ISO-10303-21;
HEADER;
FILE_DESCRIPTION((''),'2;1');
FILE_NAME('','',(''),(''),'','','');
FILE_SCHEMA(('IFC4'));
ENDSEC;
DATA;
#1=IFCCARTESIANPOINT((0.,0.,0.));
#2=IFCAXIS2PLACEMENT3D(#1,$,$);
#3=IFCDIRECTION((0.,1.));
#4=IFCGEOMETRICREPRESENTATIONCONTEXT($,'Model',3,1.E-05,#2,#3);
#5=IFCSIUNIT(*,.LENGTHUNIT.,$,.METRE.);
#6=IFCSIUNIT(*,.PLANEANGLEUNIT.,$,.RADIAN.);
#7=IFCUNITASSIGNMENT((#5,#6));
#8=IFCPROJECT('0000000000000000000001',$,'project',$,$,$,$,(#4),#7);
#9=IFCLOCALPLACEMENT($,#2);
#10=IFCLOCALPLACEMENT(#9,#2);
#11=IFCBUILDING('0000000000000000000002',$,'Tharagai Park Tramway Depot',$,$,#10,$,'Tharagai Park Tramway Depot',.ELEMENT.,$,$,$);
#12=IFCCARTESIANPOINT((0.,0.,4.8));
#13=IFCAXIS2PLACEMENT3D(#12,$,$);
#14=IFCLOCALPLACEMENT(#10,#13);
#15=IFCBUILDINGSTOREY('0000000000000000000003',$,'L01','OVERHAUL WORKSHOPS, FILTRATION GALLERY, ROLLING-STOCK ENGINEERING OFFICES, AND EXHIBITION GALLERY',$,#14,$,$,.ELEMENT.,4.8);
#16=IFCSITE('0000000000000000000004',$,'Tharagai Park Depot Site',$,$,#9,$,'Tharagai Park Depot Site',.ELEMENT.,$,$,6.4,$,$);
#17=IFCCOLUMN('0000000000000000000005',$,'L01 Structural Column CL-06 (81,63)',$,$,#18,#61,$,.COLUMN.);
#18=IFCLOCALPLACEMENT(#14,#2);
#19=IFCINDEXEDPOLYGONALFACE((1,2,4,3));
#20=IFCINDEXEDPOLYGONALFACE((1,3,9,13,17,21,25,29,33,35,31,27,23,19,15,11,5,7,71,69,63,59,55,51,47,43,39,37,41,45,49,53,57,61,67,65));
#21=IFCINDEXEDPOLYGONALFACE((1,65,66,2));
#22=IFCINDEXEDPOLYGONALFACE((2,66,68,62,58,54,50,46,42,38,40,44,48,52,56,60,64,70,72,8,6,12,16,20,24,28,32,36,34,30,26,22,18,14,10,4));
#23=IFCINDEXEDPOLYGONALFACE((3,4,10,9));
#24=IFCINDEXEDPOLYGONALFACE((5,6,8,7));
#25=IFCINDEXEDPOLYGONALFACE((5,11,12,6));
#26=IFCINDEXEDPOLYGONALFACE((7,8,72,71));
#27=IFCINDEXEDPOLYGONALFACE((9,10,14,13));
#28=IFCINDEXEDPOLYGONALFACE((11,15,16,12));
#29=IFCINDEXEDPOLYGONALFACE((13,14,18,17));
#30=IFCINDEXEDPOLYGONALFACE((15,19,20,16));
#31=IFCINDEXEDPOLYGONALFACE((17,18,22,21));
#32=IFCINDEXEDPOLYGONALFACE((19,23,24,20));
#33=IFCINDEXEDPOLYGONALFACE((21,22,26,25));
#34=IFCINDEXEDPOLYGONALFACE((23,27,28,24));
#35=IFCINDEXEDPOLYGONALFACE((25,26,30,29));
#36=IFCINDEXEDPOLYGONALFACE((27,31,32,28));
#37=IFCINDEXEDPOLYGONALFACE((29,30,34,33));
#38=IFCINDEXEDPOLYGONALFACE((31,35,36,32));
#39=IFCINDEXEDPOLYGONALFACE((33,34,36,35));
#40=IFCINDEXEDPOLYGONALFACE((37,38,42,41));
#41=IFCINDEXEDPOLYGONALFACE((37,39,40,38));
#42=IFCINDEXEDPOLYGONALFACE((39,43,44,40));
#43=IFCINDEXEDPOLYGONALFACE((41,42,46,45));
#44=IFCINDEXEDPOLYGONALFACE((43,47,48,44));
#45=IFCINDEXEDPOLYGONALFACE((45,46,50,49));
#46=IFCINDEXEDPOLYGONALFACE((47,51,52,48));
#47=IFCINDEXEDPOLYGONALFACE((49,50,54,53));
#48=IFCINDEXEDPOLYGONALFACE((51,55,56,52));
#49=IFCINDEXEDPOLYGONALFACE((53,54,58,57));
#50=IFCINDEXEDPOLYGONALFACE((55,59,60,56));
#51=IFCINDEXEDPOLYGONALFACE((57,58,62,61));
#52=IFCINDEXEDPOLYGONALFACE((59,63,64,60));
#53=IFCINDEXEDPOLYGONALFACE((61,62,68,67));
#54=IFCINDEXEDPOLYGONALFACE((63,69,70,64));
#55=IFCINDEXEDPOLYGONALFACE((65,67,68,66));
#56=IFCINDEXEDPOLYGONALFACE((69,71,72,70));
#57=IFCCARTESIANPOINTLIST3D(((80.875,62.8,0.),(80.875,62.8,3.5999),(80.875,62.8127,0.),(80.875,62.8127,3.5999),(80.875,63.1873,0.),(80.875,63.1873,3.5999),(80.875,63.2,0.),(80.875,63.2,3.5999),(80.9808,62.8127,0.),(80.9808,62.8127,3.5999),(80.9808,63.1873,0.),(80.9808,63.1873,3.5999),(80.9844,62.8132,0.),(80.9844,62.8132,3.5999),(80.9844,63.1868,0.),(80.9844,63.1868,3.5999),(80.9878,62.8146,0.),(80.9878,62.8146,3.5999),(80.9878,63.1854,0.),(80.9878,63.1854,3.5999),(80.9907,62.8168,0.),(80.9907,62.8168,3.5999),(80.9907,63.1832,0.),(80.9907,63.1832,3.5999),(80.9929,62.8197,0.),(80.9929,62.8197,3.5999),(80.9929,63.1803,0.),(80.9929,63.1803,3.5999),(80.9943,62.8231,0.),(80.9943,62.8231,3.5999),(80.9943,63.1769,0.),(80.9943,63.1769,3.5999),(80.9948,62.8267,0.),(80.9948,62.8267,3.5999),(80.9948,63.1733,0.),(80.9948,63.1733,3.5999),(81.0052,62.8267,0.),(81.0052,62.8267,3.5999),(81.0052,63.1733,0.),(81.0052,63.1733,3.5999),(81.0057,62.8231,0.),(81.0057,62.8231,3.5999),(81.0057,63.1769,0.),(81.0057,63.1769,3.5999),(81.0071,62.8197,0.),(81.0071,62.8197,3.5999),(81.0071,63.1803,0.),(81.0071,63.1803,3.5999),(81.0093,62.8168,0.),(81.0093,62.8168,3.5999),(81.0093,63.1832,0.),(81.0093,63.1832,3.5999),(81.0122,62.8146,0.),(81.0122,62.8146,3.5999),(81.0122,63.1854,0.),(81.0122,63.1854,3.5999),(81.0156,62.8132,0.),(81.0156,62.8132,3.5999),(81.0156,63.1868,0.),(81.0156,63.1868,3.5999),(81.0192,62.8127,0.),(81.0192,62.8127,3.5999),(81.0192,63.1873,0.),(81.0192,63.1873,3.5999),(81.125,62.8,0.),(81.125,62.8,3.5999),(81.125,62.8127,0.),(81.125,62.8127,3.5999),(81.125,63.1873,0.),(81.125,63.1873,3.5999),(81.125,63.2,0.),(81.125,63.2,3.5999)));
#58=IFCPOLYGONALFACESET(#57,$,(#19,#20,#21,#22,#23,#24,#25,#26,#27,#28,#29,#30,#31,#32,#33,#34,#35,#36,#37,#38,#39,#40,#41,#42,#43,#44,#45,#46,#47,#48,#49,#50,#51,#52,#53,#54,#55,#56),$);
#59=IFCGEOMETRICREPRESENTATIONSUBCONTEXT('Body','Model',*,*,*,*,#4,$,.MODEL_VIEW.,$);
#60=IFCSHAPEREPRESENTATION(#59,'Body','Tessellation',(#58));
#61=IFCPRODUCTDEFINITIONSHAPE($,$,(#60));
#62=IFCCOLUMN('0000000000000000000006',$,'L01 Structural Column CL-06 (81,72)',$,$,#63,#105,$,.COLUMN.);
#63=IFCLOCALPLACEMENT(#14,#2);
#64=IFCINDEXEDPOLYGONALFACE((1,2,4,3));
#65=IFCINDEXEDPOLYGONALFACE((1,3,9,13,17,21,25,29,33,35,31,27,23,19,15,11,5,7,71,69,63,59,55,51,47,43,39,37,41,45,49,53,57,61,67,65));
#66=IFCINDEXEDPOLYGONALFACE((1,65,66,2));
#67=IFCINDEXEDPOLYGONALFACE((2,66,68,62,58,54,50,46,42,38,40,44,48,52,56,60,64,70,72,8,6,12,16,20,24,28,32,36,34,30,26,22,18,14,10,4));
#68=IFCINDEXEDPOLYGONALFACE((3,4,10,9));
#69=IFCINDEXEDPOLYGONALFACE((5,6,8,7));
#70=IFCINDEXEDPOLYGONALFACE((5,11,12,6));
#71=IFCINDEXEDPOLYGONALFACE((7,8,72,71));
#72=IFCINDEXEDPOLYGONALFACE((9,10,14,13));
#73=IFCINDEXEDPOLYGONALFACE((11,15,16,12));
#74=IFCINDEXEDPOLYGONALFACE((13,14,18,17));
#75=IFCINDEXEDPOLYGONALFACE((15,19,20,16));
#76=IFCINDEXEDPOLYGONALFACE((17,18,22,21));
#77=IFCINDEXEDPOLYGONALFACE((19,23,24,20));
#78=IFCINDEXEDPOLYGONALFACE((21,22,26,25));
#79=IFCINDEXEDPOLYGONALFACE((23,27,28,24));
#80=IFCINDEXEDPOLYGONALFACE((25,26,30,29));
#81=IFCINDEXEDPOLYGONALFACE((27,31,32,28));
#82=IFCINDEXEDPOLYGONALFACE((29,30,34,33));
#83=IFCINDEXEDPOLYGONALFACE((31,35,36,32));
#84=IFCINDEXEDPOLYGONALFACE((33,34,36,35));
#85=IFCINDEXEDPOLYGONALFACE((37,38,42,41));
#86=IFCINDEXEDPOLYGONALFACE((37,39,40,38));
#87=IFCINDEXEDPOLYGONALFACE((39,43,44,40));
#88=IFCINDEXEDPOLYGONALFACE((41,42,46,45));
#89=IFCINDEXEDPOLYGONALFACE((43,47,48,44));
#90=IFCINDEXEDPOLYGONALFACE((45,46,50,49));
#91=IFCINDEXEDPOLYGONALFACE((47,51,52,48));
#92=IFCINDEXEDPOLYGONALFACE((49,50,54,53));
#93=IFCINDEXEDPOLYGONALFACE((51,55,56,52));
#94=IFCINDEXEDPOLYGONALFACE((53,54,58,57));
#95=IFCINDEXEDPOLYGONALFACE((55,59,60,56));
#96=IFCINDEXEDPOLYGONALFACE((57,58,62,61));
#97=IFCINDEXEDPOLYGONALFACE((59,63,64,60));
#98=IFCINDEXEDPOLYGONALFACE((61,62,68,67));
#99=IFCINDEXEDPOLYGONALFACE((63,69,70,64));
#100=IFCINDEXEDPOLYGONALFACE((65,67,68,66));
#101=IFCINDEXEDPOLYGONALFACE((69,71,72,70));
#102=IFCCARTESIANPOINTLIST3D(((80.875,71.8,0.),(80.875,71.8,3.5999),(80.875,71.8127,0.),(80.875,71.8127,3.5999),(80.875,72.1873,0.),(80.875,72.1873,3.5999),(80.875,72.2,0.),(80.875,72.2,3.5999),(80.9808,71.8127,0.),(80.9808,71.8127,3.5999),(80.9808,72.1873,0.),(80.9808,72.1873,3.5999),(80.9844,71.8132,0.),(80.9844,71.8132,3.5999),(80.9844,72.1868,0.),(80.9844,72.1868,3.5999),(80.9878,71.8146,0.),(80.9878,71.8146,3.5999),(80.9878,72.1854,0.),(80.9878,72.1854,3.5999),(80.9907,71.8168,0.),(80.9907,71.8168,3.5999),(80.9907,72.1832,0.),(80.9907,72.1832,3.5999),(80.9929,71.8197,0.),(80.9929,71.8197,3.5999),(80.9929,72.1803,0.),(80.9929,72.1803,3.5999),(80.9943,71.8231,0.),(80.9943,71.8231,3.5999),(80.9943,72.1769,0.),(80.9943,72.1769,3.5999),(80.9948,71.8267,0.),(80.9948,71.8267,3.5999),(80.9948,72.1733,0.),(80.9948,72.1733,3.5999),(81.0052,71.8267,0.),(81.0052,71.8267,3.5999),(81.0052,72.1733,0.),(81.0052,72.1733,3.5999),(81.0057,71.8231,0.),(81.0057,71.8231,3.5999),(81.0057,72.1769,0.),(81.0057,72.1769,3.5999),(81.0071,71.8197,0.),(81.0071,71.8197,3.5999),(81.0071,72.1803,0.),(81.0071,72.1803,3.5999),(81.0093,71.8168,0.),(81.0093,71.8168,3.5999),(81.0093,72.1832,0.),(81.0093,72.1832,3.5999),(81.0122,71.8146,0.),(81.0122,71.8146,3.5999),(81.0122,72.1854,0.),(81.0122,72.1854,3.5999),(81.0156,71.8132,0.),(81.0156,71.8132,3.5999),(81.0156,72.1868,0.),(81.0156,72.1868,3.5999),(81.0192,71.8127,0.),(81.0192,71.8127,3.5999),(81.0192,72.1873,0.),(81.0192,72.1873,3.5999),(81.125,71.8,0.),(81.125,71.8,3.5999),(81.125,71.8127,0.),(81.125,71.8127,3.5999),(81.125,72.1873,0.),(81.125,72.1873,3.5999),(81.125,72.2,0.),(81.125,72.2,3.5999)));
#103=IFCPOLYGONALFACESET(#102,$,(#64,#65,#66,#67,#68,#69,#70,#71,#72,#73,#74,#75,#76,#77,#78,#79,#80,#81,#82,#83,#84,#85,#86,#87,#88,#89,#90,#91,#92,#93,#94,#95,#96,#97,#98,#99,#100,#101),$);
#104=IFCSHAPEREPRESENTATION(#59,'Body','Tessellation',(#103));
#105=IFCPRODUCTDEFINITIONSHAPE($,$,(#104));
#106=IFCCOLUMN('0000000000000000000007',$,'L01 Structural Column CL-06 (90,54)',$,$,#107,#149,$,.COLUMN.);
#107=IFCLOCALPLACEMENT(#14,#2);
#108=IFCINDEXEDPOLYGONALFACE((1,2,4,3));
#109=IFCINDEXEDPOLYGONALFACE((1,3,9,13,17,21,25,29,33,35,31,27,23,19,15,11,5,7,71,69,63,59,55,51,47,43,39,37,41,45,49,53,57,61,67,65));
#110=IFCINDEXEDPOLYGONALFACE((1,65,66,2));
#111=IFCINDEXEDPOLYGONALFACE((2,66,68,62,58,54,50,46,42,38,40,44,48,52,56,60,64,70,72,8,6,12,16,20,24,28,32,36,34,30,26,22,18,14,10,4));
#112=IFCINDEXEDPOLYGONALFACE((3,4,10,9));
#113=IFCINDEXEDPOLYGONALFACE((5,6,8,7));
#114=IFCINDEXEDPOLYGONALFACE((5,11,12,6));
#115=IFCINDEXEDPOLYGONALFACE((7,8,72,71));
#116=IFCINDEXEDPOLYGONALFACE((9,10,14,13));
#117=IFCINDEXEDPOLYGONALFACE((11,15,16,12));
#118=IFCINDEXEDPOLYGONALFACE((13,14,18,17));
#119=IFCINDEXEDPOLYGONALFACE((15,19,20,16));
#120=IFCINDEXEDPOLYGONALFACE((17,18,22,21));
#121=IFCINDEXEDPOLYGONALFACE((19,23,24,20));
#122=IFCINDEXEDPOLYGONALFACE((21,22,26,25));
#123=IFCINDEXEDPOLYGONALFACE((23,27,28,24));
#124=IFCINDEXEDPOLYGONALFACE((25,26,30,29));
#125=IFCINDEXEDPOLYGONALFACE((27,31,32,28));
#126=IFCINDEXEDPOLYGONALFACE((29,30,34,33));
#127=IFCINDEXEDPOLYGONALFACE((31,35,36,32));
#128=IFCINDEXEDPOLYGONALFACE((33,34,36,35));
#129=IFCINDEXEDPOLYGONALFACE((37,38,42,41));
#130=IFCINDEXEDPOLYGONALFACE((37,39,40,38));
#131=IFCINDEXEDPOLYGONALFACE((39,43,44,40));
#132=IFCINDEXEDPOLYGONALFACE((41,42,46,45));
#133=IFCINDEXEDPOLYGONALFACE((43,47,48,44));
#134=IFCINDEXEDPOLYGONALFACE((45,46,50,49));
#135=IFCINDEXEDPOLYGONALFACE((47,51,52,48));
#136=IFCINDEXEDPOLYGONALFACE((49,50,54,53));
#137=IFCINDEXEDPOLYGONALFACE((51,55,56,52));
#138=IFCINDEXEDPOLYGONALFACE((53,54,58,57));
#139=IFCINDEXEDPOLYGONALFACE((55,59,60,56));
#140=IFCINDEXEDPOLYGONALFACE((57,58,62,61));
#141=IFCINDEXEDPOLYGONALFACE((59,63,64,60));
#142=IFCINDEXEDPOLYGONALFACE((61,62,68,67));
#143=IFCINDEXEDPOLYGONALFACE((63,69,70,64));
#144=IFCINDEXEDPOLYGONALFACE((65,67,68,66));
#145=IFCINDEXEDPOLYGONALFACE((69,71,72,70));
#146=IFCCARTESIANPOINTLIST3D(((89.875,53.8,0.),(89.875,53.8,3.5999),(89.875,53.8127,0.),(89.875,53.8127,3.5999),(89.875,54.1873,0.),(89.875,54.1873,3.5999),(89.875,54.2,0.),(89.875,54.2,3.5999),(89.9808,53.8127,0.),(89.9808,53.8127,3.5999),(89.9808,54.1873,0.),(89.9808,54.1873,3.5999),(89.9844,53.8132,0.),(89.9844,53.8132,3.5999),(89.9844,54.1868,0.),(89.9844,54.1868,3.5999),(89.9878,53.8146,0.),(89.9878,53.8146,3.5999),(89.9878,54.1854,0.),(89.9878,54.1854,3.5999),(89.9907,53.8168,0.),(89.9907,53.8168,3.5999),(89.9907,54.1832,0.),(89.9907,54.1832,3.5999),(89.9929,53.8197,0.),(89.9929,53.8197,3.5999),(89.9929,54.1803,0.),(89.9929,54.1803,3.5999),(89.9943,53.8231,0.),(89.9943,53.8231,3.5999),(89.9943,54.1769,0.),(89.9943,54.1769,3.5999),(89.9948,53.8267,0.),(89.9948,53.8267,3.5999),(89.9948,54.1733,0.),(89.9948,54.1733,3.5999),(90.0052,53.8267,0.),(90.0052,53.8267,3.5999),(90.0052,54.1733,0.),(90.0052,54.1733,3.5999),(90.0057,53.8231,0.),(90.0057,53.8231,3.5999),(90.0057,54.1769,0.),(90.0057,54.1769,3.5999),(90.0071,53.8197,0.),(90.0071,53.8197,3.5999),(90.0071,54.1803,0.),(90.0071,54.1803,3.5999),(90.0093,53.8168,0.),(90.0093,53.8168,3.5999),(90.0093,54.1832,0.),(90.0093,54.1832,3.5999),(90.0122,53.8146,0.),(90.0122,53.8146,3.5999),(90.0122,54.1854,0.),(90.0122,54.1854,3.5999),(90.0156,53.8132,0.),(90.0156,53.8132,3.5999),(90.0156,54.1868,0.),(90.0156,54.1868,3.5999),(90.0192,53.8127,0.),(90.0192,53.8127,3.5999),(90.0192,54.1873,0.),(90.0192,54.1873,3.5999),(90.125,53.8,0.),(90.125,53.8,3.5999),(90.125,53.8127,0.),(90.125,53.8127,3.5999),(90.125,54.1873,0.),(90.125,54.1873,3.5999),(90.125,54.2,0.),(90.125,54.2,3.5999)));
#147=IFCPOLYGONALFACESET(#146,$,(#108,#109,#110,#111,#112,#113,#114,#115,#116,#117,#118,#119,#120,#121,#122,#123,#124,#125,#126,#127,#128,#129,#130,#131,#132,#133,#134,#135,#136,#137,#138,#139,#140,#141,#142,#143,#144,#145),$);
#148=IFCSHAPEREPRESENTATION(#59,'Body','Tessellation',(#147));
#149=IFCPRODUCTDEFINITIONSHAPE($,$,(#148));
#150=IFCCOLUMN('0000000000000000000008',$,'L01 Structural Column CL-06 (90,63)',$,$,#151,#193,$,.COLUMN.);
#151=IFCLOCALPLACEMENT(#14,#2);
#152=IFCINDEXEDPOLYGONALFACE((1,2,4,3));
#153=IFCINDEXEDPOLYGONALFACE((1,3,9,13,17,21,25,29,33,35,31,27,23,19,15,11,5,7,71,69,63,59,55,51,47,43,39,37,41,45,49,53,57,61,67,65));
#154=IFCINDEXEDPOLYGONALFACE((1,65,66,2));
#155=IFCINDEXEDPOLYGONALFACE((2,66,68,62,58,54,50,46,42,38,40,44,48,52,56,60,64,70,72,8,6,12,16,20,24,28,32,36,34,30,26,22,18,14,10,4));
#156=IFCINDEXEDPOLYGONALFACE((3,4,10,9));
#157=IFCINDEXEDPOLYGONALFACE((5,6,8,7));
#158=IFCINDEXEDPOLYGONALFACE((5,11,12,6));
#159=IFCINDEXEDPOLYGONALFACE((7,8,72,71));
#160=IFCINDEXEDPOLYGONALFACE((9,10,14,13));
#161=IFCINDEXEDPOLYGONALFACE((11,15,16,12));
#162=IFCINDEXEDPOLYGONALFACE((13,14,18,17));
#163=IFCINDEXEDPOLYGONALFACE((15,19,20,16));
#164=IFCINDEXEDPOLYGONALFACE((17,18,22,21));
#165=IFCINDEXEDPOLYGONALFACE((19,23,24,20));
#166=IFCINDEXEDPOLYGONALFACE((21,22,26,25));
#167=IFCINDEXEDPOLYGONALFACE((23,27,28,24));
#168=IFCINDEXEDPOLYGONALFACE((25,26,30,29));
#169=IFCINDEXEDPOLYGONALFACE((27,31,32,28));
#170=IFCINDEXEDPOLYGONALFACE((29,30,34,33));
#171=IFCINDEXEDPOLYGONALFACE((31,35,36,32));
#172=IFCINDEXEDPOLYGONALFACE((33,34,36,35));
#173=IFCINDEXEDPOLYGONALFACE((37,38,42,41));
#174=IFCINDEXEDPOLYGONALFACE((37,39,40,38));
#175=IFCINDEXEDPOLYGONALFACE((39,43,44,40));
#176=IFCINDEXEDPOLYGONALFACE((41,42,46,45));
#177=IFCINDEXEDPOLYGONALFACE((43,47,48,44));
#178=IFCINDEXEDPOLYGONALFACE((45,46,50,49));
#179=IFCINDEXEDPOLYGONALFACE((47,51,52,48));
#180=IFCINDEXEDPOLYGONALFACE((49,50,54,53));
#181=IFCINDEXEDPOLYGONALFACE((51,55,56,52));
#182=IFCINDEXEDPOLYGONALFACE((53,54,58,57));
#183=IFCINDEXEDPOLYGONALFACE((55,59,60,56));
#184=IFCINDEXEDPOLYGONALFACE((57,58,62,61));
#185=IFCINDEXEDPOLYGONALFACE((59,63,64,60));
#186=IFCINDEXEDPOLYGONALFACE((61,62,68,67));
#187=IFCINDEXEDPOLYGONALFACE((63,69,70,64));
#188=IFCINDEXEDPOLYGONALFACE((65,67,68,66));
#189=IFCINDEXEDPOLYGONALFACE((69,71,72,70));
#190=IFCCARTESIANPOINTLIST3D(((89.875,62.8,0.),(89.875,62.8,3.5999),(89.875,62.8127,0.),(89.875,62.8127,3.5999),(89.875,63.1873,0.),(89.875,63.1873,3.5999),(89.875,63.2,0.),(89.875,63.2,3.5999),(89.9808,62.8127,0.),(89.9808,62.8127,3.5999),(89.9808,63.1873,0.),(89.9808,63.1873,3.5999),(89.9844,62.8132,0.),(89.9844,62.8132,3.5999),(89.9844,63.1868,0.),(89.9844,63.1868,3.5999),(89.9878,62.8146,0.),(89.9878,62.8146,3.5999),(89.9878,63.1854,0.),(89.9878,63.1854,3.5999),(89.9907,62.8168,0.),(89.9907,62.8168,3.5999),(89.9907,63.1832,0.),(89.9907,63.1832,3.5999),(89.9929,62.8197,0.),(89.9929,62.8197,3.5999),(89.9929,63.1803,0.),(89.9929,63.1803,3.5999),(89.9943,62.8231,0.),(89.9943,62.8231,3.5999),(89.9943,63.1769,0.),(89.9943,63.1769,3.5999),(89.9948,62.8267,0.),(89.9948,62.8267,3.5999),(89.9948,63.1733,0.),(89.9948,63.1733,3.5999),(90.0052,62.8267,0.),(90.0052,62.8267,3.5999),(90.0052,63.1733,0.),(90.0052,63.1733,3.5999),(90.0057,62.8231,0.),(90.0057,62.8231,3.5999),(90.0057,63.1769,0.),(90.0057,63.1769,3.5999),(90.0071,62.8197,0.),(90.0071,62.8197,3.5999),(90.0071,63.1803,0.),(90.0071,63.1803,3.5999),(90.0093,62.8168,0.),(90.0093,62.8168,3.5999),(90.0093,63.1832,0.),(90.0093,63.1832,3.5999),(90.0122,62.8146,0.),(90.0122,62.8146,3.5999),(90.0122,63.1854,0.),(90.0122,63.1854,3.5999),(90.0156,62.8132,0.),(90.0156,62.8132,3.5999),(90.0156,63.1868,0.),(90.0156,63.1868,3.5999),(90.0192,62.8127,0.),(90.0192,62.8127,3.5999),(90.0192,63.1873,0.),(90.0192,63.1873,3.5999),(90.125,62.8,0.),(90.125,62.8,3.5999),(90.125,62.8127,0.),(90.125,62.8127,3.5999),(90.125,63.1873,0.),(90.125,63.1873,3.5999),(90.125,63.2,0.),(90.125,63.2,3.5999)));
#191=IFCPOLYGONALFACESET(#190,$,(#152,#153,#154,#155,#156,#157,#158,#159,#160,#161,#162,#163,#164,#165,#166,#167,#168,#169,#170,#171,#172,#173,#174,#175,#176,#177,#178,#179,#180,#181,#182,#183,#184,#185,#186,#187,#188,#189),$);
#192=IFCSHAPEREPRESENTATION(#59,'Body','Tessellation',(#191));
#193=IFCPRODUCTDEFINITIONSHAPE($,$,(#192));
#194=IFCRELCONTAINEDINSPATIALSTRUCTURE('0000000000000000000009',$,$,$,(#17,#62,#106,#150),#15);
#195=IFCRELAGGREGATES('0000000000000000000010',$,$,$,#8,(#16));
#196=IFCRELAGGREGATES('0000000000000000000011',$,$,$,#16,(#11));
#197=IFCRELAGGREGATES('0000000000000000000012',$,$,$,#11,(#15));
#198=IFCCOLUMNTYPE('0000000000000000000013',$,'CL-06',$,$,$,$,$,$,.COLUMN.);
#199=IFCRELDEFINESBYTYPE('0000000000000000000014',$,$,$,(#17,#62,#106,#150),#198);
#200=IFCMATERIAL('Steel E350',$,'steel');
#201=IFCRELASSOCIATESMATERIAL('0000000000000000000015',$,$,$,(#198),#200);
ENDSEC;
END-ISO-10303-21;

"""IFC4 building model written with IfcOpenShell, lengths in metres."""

from ifc_helpers import new_model, si_unit, direction, frame, origin, origin_2d, place, context, subcontext, project, spatial, i_section, extrude, material, material_profile, profile_set, type_object, element, save


model = new_model("IFC4")

# Units and contexts
model_context = context("Model", 3, precision=1e-05, world=origin(), true_north=direction((0.0, 1.0)))
body_context = subcontext(model_context, "Body", "Model", "MODEL_VIEW")
ifc_project = project(units=[si_unit("LENGTHUNIT", "METRE"), si_unit("PLANEANGLEUNIT", "RADIAN")], contexts=[model_context])

# Site, building, storey
site_placement = place(None, origin())
site = spatial("IfcSite", under=ifc_project, at=site_placement, Name="Tharagai Park Depot Site", LongName="Tharagai Park Depot Site", CompositionType="ELEMENT", RefElevation=6.4)
building_placement = place(site_placement, origin())
building = spatial("IfcBuilding", under=site, at=building_placement, Name="Tharagai Park Tramway Depot", LongName="Tharagai Park Tramway Depot", CompositionType="ELEMENT")
storey_placement = place(building_placement, frame((0.0, 0.0, 4.8)))
storey = spatial("IfcBuildingStorey", under=building, at=storey_placement, Name="L01", Description="OVERHAUL WORKSHOPS, FILTRATION GALLERY, ROLLING-STOCK ENGINEERING OFFICES, AND EXHIBITION GALLERY", CompositionType="ELEMENT", Elevation=4.8)

# Columns
ifc_material_1 = material(Name="Steel E350", Category="steel")
ifc_material_profile_1 = material_profile(ifc_material_1, i_section(OverallWidth=0.25, OverallDepth=0.3999, WebThickness=0.0105, FlangeThickness=0.0127, FilletRadius=0.0139, at=origin_2d()), Name="ISHB 400")
ifc_profile_set_1 = profile_set([ifc_material_profile_1], Name="Steel E350")
column_type = type_object("IfcColumnType", Name="CL-06", PredefinedType="COLUMN", material=ifc_profile_set_1)
for number, where, z_axis, x_axis, name in (
    (1, (81.0, 63.0, 0.0), (0.0, 0.0, 1.0), (1.0, 0.0, 0.0), "L01 Structural Column CL-06 (81,63)"),
    (2, (81.0, 72.0, 0.0), (0.0, 0.0, 1.0), (1.0, 0.0, 0.0), "L01 Structural Column CL-06 (81,72)"),
    (3, (90.0, 54.0, 0.0), (0.0, 0.0, 1.0), (1.0, 0.0, 0.0), "L01 Structural Column CL-06 (90,54)"),
    (4, (90.0, 63.0, 0.0), (0.0, 0.0, 1.0), (1.0, 0.0, 0.0), "L01 Structural Column CL-06 (90,63)"),
):
    element("IfcColumn", number, at=place(storey_placement, frame(where, z_axis=z_axis, x_axis=x_axis)), inside=storey, type_object=column_type, Name=name, PredefinedType="COLUMN", context=body_context, shape_type="SweptSolid", body=[
        extrude(i_section(OverallWidth=0.25, OverallDepth=0.3999, WebThickness=0.0105, FlangeThickness=0.0127, FilletRadius=0.0139, at=origin_2d()), origin(), (0.0, 0.0, 1.0), 3.5999),
    ])

save(model, "model.ifc")
